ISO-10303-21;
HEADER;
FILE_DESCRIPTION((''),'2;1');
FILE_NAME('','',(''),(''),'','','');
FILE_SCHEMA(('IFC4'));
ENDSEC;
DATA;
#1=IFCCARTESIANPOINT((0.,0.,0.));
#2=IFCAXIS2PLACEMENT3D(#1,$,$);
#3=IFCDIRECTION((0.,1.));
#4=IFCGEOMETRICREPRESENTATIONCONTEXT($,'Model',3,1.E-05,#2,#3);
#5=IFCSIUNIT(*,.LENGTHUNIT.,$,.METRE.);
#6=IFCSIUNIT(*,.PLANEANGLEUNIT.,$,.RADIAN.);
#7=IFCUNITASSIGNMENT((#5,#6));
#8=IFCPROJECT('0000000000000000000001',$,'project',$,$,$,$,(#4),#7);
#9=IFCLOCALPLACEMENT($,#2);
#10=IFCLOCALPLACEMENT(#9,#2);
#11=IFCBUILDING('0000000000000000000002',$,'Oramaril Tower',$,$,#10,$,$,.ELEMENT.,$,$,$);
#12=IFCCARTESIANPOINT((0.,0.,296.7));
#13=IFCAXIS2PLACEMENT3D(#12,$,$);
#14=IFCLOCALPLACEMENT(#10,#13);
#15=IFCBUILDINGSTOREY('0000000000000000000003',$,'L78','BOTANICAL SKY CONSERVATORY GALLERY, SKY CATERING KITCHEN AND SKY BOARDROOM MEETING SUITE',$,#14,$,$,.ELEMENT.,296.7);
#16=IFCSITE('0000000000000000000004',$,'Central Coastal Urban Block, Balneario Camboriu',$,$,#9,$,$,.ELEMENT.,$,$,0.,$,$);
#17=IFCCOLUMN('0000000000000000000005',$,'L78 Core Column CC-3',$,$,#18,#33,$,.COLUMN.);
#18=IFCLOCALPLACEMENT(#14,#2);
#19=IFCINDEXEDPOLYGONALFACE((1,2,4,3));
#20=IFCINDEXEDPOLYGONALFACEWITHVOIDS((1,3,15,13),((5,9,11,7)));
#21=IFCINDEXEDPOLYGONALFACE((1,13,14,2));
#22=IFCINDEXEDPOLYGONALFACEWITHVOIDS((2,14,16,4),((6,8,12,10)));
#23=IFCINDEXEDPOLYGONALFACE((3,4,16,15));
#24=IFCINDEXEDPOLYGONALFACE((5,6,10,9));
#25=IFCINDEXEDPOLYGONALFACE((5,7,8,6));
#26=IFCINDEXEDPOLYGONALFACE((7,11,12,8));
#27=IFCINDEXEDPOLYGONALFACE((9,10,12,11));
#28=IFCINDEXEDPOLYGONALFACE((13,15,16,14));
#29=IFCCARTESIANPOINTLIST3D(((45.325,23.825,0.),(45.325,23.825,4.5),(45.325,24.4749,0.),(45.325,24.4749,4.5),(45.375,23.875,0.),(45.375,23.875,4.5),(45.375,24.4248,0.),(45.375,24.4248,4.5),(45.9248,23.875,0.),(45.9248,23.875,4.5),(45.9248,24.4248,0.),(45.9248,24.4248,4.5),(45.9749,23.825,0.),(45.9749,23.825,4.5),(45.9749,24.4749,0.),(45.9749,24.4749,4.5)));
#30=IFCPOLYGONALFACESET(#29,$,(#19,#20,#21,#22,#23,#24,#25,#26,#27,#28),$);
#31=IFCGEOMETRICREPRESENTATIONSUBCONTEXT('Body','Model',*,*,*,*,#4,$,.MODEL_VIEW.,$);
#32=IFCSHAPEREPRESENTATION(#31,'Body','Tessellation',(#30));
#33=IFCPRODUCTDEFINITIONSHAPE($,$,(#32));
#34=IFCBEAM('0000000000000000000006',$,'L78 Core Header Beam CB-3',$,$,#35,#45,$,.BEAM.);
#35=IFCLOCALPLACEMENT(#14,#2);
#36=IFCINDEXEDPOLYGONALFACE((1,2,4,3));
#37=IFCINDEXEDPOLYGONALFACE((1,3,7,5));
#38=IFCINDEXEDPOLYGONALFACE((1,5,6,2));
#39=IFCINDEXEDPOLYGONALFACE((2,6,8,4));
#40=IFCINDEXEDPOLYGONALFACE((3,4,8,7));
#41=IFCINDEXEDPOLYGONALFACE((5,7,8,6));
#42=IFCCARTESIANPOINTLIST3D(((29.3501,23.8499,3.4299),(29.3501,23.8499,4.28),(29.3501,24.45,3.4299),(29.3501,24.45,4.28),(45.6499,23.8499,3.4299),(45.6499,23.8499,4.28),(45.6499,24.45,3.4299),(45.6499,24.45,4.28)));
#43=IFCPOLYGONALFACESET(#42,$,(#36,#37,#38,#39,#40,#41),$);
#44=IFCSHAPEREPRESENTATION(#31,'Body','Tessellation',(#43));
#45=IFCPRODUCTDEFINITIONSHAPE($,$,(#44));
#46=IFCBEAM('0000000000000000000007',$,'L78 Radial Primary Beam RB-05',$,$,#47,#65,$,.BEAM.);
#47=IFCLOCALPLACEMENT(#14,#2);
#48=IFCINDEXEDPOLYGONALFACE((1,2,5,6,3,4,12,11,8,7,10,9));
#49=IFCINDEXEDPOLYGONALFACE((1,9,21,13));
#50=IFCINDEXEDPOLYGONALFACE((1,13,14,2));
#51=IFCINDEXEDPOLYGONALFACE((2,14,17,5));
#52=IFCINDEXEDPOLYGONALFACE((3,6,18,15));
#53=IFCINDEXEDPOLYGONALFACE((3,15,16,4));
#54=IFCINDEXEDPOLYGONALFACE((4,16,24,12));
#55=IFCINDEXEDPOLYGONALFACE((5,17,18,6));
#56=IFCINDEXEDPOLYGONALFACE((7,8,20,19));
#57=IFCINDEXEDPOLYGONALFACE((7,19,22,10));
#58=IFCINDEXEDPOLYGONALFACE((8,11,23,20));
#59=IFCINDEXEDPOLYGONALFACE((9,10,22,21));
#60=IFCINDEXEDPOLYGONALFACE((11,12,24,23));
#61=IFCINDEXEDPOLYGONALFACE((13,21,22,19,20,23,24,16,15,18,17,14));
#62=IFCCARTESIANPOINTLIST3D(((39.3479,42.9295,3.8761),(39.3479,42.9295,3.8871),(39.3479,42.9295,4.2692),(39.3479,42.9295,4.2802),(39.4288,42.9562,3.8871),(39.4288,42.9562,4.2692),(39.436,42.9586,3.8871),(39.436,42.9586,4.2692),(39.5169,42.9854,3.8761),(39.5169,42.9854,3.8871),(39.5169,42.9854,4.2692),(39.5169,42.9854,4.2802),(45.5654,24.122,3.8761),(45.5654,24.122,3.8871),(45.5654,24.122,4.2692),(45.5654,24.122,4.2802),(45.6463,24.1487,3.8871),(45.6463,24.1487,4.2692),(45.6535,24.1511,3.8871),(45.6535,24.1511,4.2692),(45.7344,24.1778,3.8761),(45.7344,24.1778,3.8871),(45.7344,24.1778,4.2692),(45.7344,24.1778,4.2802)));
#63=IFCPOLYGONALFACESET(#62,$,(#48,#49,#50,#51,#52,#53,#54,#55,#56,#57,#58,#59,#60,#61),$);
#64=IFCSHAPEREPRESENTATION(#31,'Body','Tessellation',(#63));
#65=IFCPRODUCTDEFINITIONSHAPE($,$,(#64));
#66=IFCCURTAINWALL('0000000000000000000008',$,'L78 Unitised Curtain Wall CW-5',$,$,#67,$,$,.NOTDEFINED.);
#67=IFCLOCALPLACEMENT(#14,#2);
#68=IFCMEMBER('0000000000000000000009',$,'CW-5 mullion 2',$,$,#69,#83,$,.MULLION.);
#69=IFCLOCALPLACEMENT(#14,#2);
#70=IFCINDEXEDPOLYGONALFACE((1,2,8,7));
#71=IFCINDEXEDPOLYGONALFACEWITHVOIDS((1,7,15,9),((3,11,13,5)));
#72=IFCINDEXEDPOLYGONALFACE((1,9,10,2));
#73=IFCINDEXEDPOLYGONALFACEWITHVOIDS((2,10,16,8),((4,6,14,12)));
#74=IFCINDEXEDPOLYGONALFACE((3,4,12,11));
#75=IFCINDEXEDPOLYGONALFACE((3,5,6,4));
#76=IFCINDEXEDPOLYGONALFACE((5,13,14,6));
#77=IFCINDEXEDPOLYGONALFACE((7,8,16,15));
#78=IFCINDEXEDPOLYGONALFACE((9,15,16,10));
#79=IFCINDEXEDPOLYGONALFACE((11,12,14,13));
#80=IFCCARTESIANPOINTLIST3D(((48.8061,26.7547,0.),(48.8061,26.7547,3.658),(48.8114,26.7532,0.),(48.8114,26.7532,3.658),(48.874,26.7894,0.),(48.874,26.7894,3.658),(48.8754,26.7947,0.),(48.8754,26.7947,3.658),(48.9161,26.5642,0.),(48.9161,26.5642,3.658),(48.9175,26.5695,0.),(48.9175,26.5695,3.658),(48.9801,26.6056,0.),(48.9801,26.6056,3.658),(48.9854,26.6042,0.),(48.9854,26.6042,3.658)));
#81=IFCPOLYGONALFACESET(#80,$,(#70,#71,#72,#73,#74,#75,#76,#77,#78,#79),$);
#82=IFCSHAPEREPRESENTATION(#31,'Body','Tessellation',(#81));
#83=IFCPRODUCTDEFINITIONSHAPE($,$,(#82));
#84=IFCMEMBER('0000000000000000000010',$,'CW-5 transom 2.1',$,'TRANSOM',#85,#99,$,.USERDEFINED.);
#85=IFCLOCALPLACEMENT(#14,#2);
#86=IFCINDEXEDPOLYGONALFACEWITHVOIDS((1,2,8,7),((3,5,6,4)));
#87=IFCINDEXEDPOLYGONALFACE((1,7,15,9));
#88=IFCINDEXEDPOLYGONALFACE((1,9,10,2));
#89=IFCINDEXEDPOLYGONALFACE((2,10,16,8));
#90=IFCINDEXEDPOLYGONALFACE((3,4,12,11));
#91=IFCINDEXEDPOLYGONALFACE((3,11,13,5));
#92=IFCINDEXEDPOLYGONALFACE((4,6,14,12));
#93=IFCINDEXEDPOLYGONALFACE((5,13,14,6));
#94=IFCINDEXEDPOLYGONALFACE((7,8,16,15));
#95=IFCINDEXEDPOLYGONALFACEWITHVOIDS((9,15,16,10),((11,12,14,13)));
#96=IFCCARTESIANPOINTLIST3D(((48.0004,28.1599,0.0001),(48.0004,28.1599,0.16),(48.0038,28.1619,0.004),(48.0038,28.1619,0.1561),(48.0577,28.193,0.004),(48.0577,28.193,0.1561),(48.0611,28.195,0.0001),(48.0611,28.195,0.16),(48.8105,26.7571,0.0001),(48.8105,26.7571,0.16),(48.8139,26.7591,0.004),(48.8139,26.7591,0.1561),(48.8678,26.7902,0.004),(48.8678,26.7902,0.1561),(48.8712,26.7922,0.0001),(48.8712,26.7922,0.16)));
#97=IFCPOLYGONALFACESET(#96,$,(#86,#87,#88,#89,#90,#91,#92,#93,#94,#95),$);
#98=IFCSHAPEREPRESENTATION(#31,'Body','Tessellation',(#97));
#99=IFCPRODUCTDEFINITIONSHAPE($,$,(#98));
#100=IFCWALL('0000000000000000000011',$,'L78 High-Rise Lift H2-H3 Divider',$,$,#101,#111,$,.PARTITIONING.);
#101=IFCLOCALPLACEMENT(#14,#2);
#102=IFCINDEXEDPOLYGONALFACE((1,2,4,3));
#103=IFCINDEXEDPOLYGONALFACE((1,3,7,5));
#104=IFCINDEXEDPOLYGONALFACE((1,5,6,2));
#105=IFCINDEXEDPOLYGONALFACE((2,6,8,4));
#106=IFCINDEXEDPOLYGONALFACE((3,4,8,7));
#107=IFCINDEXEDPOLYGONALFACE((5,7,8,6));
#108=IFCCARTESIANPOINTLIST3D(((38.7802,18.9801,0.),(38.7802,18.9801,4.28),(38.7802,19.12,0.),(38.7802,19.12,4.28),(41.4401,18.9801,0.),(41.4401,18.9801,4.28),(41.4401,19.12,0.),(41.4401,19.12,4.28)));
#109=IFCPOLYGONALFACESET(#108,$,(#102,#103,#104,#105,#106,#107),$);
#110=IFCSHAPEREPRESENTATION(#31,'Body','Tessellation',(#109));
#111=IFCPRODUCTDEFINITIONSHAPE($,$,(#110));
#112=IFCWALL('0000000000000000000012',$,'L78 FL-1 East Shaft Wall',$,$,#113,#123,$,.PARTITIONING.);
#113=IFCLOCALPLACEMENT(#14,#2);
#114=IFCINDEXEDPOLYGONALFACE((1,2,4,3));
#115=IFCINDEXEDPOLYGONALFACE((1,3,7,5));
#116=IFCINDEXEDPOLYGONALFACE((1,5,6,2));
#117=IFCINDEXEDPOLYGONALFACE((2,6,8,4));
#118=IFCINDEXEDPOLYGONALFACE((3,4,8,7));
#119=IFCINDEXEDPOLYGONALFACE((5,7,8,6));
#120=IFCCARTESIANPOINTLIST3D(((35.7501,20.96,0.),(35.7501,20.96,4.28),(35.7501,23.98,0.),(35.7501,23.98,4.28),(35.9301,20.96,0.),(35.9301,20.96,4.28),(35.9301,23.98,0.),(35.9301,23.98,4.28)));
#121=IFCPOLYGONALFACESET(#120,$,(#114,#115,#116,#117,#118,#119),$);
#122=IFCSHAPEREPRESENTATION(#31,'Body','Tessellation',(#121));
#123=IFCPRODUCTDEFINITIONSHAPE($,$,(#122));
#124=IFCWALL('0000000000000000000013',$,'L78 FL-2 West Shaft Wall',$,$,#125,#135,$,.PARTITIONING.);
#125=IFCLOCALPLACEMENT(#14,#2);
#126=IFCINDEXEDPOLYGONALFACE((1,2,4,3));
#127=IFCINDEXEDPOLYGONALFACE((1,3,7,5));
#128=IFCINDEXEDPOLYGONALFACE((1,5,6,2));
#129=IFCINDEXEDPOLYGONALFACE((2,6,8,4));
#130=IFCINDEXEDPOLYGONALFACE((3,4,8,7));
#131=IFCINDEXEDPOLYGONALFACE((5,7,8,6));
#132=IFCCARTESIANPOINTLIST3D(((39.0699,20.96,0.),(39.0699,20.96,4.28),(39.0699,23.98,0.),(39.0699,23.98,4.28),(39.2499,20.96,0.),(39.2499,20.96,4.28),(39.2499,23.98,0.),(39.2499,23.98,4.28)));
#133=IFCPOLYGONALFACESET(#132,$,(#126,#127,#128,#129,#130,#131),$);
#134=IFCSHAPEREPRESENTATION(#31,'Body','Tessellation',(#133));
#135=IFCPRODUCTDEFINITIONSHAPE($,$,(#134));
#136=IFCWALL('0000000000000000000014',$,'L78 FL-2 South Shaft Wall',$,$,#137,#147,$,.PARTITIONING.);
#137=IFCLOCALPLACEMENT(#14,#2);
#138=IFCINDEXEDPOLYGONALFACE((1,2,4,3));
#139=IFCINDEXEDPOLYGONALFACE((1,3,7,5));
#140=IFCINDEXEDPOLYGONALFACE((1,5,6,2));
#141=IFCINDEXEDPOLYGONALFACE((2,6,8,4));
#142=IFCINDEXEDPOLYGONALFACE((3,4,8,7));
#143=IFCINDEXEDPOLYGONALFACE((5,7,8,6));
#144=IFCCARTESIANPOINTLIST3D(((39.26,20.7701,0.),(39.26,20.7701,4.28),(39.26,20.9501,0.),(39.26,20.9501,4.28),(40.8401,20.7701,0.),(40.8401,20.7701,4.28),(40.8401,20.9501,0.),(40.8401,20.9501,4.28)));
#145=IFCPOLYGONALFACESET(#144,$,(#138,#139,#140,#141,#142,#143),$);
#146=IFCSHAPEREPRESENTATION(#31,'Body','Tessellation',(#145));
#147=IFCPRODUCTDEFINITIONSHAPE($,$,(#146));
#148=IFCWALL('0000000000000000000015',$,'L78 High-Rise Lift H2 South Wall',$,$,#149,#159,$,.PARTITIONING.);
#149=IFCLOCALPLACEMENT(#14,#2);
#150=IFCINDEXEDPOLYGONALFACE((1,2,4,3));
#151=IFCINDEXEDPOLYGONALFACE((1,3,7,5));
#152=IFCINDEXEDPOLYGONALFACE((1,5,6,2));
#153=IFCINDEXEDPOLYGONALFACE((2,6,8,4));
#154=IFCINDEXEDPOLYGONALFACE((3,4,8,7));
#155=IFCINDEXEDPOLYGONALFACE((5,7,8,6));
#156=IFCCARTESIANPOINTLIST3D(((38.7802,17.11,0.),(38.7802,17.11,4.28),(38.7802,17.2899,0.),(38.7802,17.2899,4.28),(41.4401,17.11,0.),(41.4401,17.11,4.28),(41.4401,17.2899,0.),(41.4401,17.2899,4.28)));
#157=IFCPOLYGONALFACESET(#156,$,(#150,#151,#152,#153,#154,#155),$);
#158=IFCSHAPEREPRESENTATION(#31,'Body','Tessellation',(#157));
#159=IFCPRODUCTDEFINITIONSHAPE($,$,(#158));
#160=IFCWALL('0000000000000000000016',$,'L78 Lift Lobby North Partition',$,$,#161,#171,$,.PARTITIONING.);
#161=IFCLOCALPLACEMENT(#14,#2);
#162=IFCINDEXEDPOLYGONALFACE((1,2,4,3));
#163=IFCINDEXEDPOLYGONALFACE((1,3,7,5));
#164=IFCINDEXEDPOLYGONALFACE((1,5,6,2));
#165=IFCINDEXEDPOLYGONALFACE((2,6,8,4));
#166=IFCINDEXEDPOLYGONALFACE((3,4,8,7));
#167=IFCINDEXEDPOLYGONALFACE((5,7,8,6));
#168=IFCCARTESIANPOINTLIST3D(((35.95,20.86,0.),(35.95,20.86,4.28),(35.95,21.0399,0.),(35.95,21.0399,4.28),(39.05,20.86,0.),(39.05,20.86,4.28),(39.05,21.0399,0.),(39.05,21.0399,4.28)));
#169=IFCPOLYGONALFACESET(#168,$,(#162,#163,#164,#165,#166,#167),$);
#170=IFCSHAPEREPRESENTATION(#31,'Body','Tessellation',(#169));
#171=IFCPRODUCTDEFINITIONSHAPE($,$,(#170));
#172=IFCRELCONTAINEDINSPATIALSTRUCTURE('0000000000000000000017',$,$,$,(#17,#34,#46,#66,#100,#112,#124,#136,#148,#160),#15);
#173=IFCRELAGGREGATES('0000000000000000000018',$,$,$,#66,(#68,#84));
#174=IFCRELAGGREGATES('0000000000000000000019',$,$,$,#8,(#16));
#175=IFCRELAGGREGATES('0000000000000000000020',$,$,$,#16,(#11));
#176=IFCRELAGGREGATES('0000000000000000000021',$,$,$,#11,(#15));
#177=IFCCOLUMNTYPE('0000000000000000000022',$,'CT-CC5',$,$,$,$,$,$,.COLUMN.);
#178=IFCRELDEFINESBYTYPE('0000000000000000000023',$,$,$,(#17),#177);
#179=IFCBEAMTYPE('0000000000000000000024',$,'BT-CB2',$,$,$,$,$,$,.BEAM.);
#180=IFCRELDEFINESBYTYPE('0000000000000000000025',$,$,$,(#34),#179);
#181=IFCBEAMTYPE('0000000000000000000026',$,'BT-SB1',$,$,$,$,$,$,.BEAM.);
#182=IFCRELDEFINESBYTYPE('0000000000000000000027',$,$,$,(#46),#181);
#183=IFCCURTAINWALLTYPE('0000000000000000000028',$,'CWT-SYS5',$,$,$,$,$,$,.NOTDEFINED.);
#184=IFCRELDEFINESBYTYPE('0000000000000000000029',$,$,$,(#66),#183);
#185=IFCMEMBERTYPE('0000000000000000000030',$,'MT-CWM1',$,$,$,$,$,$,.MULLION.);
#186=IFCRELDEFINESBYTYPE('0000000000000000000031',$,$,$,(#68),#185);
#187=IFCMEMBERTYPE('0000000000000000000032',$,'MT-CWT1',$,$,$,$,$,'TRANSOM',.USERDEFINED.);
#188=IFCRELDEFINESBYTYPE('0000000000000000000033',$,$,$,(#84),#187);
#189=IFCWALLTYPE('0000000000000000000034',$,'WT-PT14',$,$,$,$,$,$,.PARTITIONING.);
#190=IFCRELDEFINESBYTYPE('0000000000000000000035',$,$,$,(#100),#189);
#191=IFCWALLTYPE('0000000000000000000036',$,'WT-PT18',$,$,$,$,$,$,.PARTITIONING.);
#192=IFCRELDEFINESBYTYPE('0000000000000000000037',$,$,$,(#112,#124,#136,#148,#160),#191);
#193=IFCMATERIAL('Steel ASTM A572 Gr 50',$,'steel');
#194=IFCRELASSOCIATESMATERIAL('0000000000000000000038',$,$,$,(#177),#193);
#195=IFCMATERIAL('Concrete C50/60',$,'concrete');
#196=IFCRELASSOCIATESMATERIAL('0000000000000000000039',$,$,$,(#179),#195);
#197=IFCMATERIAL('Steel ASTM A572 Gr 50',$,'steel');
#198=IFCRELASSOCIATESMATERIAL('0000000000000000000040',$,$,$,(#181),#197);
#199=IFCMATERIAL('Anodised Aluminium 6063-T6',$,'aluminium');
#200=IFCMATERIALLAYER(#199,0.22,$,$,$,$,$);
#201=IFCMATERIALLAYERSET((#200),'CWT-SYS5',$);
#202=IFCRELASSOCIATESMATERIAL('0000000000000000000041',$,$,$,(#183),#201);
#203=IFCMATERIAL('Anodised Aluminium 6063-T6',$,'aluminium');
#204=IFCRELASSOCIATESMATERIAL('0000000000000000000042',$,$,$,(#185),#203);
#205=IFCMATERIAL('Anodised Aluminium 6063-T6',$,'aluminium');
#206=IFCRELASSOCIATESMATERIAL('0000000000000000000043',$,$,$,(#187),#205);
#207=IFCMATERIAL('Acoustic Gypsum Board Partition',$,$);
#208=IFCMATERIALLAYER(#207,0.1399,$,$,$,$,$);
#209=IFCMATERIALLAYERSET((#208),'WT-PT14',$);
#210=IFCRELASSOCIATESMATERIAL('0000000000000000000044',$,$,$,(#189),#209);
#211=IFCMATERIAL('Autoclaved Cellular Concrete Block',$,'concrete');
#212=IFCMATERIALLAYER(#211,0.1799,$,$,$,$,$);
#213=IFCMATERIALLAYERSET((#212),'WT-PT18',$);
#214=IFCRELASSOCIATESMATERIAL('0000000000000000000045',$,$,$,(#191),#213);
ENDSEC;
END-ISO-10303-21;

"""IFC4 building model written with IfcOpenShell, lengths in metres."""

from ifc_helpers import new_model, si_unit, direction, frame, frame_2d, origin, origin_2d, place, context, subcontext, project, spatial, rectangle, hollow_rectangle, i_section, extrude, material, layer, layer_set, material_profile, profile_set, type_object, element, aggregate, save


model = new_model("IFC4")

# Units and contexts
model_context = context("Model", 3, precision=1e-05, world=origin(), true_north=direction((0.0, 1.0)))
body_context = subcontext(model_context, "Body", "Model", "MODEL_VIEW")
ifc_project = project(units=[si_unit("LENGTHUNIT", "METRE"), si_unit("PLANEANGLEUNIT", "RADIAN")], contexts=[model_context])

# Site, building, storey
site_placement = place(None, origin())
site = spatial("IfcSite", under=ifc_project, at=site_placement, Name="Central Coastal Urban Block, Balneario Camboriu", CompositionType="ELEMENT", RefElevation=0.0)
building_placement = place(site_placement, origin())
building = spatial("IfcBuilding", under=site, at=building_placement, Name="Oramaril Tower", CompositionType="ELEMENT")
storey_placement = place(building_placement, frame((0.0, 0.0, 296.7)))
storey = spatial("IfcBuildingStorey", under=building, at=storey_placement, Name="L78", Description="BOTANICAL SKY CONSERVATORY GALLERY, SKY CATERING KITCHEN AND SKY BOARDROOM MEETING SUITE", CompositionType="ELEMENT", Elevation=296.7)

# Column
ifc_material_1 = material(Name="Steel ASTM A572 Gr 50", Category="steel")
ifc_material_profile_1 = material_profile(ifc_material_1, hollow_rectangle(XDim=0.6499, YDim=0.6499, WallThickness=0.05, at=origin_2d()), Name="BOX650X650X50")
ifc_profile_set_1 = profile_set([ifc_material_profile_1], Name="Steel ASTM A572 Gr 50")
column_type = type_object("IfcColumnType", Name="CT-CC5", PredefinedType="COLUMN", material=ifc_profile_set_1)
column_placement = place(storey_placement, frame((45.6499, 24.1499, 0.0), z_axis=(0.0, 0.0, 1.0), x_axis=(1.0, 0.0, 0.0)))
element("IfcColumn", 1, at=column_placement, inside=storey, type_object=column_type, Name="L78 Core Column CC-3", PredefinedType="COLUMN", context=body_context, shape_type="SweptSolid", body=[
    extrude(hollow_rectangle(XDim=0.6499, YDim=0.6499, WallThickness=0.05, at=origin_2d()), origin(), (0.0, 0.0, 1.0), 4.5),
])

# Beams
ifc_material_2 = material(Name="Concrete C50/60", Category="concrete")
ifc_material_profile_2 = material_profile(ifc_material_2, rectangle(XDim=0.6001, YDim=0.8501, at=origin_2d()), Name="CB600X850")
ifc_profile_set_2 = profile_set([ifc_material_profile_2], Name="Concrete C50/60")
beam_type_1 = type_object("IfcBeamType", Name="BT-CB2", PredefinedType="BEAM", material=ifc_profile_set_2)
beam_1_placement = place(storey_placement, frame((45.6499, 24.1499, 3.855), z_axis=(-1.0, 0.0, 0.0), x_axis=(0.0, -1.0, 0.0)))
element("IfcBeam", 2, at=beam_1_placement, inside=storey, type_object=beam_type_1, Name="L78 Core Header Beam CB-3", PredefinedType="BEAM", context=body_context, shape_type="SweptSolid", body=[
    extrude(rectangle(XDim=0.6001, YDim=0.8501, at=origin_2d()), origin(), (0.0, 0.0, 1.0), 16.2998),
])
ifc_material_3 = material(Name="Steel ASTM A572 Gr 50", Category="steel")
ifc_material_profile_3 = material_profile(ifc_material_3, i_section(OverallWidth=0.178, OverallDepth=0.4041, WebThickness=0.0076, FlangeThickness=0.011, at=origin_2d()), Name="W16X36")
ifc_profile_set_3 = profile_set([ifc_material_profile_3], Name="Steel ASTM A572 Gr 50")
beam_type_2 = type_object("IfcBeamType", Name="BT-SB1", PredefinedType="BEAM", material=ifc_profile_set_3)
beam_2_placement = place(storey_placement, frame((45.6499, 24.1499, 4.0781), z_axis=(-0.313879, 0.949463, 0.0), x_axis=(-0.949463, -0.313879, 0.0)))
element("IfcBeam", 3, at=beam_2_placement, inside=storey, type_object=beam_type_2, Name="L78 Radial Primary Beam RB-05", PredefinedType="BEAM", context=body_context, shape_type="SweptSolid", body=[
    extrude(i_section(OverallWidth=0.178, OverallDepth=0.4041, WebThickness=0.0076, FlangeThickness=0.011, at=origin_2d()), origin(), (0.0, 0.0, 1.0), 19.8086),
])

# Curtain wall, members
ifc_material_4 = material(Name="Anodised Aluminium 6063-T6", Category="aluminium")
ifc_layer_1 = layer(ifc_material_4, 0.22)
ifc_layer_set_1 = layer_set([ifc_layer_1], Name="CWT-SYS5")
curtain_wall_type = type_object("IfcCurtainWallType", Name="CWT-SYS5", PredefinedType="NOTDEFINED", material=ifc_layer_set_1)
curtain_wall_placement = place(storey_placement, origin())
curtain_wall = element("IfcCurtainWall", 4, at=curtain_wall_placement, inside=storey, type_object=curtain_wall_type, Name="L78 Unitised Curtain Wall CW-5", PredefinedType="NOTDEFINED")
ifc_material_5 = material(Name="Anodised Aluminium 6063-T6", Category="aluminium")
ifc_material_profile_4 = material_profile(ifc_material_5, hollow_rectangle(XDim=0.0801, YDim=0.22, WallThickness=0.0039, at=origin_2d()), Name="CWM220X80")
ifc_profile_set_4 = profile_set([ifc_material_profile_4], Name="Anodised Aluminium 6063-T6")
member_type_1 = type_object("IfcMemberType", Name="MT-CWM1", PredefinedType="MULLION", material=ifc_profile_set_4)
member_1_placement = place(storey_placement, frame((48.8958, 26.6794, 0.0), z_axis=(0.0, 0.0, 1.0), x_axis=(-0.866025, -0.5, 0.0)))
member_1 = element("IfcMember", 5, at=member_1_placement, type_object=member_type_1, Name="CW-5 mullion 2", PredefinedType="MULLION", context=body_context, shape_type="SweptSolid", body=[
    extrude(hollow_rectangle(XDim=0.0801, YDim=0.22, WallThickness=0.0039, at=origin_2d()), origin(), (0.0, 0.0, 1.0), 3.658),
])
ifc_material_6 = material(Name="Anodised Aluminium 6063-T6", Category="aluminium")
ifc_material_profile_5 = material_profile(ifc_material_6, hollow_rectangle(XDim=0.0701, YDim=0.1599, WallThickness=0.0039, at=origin_2d()), Name="CWT160X70")
ifc_profile_set_5 = profile_set([ifc_material_profile_5], Name="Anodised Aluminium 6063-T6")
member_type_2 = type_object("IfcMemberType", Name="MT-CWT1", ElementType="TRANSOM", PredefinedType="USERDEFINED", material=ifc_profile_set_5)
member_2_placement = place(storey_placement, frame((48.8408, 26.7747, 0.0801), z_axis=(-0.500062, 0.86599, 0.0), x_axis=(-0.86599, -0.500062, 0.0)))
member_2 = element("IfcMember", 6, at=member_2_placement, type_object=member_type_2, Name="CW-5 transom 2.1", ObjectType="TRANSOM", PredefinedType="USERDEFINED", context=body_context, shape_type="SweptSolid", body=[
    extrude(hollow_rectangle(XDim=0.0701, YDim=0.1599, WallThickness=0.0039, at=origin_2d()), origin(), (0.0, 0.0, 1.0), 1.6199),
])
aggregate(curtain_wall, [member_1, member_2])

# Walls
ifc_material_7 = material(Name="Acoustic Gypsum Board Partition")
ifc_layer_2 = layer(ifc_material_7, 0.1399)
ifc_layer_set_2 = layer_set([ifc_layer_2], Name="WT-PT14")
wall_type_1 = type_object("IfcWallType", Name="WT-PT14", PredefinedType="PARTITIONING", material=ifc_layer_set_2)
wall_1_placement = place(storey_placement, frame((38.78, 19.05, 0.0), z_axis=(0.0, 0.0, 1.0), x_axis=(1.0, 0.0, 0.0)))
element("IfcWall", 7, at=wall_1_placement, inside=storey, type_object=wall_type_1, Name="L78 High-Rise Lift H2-H3 Divider", PredefinedType="PARTITIONING", context=body_context, shape_type="SweptSolid", body=[
    extrude(rectangle(XDim=2.6599, YDim=0.1399, at=frame_2d((1.3301, 0.0))), origin(), (0.0, 0.0, 1.0), 4.28),
])
ifc_material_8 = material(Name="Autoclaved Cellular Concrete Block", Category="concrete")
ifc_layer_3 = layer(ifc_material_8, 0.1799)
ifc_layer_set_3 = layer_set([ifc_layer_3], Name="WT-PT18")
wall_type_2 = type_object("IfcWallType", Name="WT-PT18", PredefinedType="PARTITIONING", material=ifc_layer_set_3)
for number, where, z_axis, x_axis, name in (
    (8, (35.8401, 20.96, 0.0), (0.0, 0.0, 1.0), (0.0, 1.0, 0.0), "L78 FL-1 East Shaft Wall"),
    (9, (39.1599, 20.96, 0.0), (0.0, 0.0, 1.0), (0.0, 1.0, 0.0), "L78 FL-2 West Shaft Wall"),
):
    element("IfcWall", number, at=place(storey_placement, frame(where, z_axis=z_axis, x_axis=x_axis)), inside=storey, type_object=wall_type_2, Name=name, PredefinedType="PARTITIONING", context=body_context, shape_type="SweptSolid", body=[
        extrude(rectangle(XDim=3.02, YDim=0.1799, at=frame_2d((1.51, 0.0))), origin(), (0.0, 0.0, 1.0), 4.28),
    ])
wall_2_placement = place(storey_placement, frame((39.26, 20.8601, 0.0), z_axis=(0.0, 0.0, 1.0), x_axis=(1.0, 0.0, 0.0)))
element("IfcWall", 10, at=wall_2_placement, inside=storey, type_object=wall_type_2, Name="L78 FL-2 South Shaft Wall", PredefinedType="PARTITIONING", context=body_context, shape_type="SweptSolid", body=[
    extrude(rectangle(XDim=1.5801, YDim=0.1799, at=frame_2d((0.79, 0.0))), origin(), (0.0, 0.0, 1.0), 4.28),
])
wall_3_placement = place(storey_placement, frame((38.78, 17.2, 0.0), z_axis=(0.0, 0.0, 1.0), x_axis=(1.0, 0.0, 0.0)))
element("IfcWall", 11, at=wall_3_placement, inside=storey, type_object=wall_type_2, Name="L78 High-Rise Lift H2 South Wall", PredefinedType="PARTITIONING", context=body_context, shape_type="SweptSolid", body=[
    extrude(rectangle(XDim=2.6599, YDim=0.1799, at=frame_2d((1.3301, 0.0))), origin(), (0.0, 0.0, 1.0), 4.28),
])
wall_4_placement = place(storey_placement, frame((35.95, 20.95, 0.0), z_axis=(0.0, 0.0, 1.0), x_axis=(1.0, 0.0, 0.0)))
element("IfcWall", 12, at=wall_4_placement, inside=storey, type_object=wall_type_2, Name="L78 Lift Lobby North Partition", PredefinedType="PARTITIONING", context=body_context, shape_type="SweptSolid", body=[
    extrude(rectangle(XDim=3.1001, YDim=0.1799, at=frame_2d((1.55, 0.0))), origin(), (0.0, 0.0, 1.0), 4.28),
])

save(model, "model.ifc")
